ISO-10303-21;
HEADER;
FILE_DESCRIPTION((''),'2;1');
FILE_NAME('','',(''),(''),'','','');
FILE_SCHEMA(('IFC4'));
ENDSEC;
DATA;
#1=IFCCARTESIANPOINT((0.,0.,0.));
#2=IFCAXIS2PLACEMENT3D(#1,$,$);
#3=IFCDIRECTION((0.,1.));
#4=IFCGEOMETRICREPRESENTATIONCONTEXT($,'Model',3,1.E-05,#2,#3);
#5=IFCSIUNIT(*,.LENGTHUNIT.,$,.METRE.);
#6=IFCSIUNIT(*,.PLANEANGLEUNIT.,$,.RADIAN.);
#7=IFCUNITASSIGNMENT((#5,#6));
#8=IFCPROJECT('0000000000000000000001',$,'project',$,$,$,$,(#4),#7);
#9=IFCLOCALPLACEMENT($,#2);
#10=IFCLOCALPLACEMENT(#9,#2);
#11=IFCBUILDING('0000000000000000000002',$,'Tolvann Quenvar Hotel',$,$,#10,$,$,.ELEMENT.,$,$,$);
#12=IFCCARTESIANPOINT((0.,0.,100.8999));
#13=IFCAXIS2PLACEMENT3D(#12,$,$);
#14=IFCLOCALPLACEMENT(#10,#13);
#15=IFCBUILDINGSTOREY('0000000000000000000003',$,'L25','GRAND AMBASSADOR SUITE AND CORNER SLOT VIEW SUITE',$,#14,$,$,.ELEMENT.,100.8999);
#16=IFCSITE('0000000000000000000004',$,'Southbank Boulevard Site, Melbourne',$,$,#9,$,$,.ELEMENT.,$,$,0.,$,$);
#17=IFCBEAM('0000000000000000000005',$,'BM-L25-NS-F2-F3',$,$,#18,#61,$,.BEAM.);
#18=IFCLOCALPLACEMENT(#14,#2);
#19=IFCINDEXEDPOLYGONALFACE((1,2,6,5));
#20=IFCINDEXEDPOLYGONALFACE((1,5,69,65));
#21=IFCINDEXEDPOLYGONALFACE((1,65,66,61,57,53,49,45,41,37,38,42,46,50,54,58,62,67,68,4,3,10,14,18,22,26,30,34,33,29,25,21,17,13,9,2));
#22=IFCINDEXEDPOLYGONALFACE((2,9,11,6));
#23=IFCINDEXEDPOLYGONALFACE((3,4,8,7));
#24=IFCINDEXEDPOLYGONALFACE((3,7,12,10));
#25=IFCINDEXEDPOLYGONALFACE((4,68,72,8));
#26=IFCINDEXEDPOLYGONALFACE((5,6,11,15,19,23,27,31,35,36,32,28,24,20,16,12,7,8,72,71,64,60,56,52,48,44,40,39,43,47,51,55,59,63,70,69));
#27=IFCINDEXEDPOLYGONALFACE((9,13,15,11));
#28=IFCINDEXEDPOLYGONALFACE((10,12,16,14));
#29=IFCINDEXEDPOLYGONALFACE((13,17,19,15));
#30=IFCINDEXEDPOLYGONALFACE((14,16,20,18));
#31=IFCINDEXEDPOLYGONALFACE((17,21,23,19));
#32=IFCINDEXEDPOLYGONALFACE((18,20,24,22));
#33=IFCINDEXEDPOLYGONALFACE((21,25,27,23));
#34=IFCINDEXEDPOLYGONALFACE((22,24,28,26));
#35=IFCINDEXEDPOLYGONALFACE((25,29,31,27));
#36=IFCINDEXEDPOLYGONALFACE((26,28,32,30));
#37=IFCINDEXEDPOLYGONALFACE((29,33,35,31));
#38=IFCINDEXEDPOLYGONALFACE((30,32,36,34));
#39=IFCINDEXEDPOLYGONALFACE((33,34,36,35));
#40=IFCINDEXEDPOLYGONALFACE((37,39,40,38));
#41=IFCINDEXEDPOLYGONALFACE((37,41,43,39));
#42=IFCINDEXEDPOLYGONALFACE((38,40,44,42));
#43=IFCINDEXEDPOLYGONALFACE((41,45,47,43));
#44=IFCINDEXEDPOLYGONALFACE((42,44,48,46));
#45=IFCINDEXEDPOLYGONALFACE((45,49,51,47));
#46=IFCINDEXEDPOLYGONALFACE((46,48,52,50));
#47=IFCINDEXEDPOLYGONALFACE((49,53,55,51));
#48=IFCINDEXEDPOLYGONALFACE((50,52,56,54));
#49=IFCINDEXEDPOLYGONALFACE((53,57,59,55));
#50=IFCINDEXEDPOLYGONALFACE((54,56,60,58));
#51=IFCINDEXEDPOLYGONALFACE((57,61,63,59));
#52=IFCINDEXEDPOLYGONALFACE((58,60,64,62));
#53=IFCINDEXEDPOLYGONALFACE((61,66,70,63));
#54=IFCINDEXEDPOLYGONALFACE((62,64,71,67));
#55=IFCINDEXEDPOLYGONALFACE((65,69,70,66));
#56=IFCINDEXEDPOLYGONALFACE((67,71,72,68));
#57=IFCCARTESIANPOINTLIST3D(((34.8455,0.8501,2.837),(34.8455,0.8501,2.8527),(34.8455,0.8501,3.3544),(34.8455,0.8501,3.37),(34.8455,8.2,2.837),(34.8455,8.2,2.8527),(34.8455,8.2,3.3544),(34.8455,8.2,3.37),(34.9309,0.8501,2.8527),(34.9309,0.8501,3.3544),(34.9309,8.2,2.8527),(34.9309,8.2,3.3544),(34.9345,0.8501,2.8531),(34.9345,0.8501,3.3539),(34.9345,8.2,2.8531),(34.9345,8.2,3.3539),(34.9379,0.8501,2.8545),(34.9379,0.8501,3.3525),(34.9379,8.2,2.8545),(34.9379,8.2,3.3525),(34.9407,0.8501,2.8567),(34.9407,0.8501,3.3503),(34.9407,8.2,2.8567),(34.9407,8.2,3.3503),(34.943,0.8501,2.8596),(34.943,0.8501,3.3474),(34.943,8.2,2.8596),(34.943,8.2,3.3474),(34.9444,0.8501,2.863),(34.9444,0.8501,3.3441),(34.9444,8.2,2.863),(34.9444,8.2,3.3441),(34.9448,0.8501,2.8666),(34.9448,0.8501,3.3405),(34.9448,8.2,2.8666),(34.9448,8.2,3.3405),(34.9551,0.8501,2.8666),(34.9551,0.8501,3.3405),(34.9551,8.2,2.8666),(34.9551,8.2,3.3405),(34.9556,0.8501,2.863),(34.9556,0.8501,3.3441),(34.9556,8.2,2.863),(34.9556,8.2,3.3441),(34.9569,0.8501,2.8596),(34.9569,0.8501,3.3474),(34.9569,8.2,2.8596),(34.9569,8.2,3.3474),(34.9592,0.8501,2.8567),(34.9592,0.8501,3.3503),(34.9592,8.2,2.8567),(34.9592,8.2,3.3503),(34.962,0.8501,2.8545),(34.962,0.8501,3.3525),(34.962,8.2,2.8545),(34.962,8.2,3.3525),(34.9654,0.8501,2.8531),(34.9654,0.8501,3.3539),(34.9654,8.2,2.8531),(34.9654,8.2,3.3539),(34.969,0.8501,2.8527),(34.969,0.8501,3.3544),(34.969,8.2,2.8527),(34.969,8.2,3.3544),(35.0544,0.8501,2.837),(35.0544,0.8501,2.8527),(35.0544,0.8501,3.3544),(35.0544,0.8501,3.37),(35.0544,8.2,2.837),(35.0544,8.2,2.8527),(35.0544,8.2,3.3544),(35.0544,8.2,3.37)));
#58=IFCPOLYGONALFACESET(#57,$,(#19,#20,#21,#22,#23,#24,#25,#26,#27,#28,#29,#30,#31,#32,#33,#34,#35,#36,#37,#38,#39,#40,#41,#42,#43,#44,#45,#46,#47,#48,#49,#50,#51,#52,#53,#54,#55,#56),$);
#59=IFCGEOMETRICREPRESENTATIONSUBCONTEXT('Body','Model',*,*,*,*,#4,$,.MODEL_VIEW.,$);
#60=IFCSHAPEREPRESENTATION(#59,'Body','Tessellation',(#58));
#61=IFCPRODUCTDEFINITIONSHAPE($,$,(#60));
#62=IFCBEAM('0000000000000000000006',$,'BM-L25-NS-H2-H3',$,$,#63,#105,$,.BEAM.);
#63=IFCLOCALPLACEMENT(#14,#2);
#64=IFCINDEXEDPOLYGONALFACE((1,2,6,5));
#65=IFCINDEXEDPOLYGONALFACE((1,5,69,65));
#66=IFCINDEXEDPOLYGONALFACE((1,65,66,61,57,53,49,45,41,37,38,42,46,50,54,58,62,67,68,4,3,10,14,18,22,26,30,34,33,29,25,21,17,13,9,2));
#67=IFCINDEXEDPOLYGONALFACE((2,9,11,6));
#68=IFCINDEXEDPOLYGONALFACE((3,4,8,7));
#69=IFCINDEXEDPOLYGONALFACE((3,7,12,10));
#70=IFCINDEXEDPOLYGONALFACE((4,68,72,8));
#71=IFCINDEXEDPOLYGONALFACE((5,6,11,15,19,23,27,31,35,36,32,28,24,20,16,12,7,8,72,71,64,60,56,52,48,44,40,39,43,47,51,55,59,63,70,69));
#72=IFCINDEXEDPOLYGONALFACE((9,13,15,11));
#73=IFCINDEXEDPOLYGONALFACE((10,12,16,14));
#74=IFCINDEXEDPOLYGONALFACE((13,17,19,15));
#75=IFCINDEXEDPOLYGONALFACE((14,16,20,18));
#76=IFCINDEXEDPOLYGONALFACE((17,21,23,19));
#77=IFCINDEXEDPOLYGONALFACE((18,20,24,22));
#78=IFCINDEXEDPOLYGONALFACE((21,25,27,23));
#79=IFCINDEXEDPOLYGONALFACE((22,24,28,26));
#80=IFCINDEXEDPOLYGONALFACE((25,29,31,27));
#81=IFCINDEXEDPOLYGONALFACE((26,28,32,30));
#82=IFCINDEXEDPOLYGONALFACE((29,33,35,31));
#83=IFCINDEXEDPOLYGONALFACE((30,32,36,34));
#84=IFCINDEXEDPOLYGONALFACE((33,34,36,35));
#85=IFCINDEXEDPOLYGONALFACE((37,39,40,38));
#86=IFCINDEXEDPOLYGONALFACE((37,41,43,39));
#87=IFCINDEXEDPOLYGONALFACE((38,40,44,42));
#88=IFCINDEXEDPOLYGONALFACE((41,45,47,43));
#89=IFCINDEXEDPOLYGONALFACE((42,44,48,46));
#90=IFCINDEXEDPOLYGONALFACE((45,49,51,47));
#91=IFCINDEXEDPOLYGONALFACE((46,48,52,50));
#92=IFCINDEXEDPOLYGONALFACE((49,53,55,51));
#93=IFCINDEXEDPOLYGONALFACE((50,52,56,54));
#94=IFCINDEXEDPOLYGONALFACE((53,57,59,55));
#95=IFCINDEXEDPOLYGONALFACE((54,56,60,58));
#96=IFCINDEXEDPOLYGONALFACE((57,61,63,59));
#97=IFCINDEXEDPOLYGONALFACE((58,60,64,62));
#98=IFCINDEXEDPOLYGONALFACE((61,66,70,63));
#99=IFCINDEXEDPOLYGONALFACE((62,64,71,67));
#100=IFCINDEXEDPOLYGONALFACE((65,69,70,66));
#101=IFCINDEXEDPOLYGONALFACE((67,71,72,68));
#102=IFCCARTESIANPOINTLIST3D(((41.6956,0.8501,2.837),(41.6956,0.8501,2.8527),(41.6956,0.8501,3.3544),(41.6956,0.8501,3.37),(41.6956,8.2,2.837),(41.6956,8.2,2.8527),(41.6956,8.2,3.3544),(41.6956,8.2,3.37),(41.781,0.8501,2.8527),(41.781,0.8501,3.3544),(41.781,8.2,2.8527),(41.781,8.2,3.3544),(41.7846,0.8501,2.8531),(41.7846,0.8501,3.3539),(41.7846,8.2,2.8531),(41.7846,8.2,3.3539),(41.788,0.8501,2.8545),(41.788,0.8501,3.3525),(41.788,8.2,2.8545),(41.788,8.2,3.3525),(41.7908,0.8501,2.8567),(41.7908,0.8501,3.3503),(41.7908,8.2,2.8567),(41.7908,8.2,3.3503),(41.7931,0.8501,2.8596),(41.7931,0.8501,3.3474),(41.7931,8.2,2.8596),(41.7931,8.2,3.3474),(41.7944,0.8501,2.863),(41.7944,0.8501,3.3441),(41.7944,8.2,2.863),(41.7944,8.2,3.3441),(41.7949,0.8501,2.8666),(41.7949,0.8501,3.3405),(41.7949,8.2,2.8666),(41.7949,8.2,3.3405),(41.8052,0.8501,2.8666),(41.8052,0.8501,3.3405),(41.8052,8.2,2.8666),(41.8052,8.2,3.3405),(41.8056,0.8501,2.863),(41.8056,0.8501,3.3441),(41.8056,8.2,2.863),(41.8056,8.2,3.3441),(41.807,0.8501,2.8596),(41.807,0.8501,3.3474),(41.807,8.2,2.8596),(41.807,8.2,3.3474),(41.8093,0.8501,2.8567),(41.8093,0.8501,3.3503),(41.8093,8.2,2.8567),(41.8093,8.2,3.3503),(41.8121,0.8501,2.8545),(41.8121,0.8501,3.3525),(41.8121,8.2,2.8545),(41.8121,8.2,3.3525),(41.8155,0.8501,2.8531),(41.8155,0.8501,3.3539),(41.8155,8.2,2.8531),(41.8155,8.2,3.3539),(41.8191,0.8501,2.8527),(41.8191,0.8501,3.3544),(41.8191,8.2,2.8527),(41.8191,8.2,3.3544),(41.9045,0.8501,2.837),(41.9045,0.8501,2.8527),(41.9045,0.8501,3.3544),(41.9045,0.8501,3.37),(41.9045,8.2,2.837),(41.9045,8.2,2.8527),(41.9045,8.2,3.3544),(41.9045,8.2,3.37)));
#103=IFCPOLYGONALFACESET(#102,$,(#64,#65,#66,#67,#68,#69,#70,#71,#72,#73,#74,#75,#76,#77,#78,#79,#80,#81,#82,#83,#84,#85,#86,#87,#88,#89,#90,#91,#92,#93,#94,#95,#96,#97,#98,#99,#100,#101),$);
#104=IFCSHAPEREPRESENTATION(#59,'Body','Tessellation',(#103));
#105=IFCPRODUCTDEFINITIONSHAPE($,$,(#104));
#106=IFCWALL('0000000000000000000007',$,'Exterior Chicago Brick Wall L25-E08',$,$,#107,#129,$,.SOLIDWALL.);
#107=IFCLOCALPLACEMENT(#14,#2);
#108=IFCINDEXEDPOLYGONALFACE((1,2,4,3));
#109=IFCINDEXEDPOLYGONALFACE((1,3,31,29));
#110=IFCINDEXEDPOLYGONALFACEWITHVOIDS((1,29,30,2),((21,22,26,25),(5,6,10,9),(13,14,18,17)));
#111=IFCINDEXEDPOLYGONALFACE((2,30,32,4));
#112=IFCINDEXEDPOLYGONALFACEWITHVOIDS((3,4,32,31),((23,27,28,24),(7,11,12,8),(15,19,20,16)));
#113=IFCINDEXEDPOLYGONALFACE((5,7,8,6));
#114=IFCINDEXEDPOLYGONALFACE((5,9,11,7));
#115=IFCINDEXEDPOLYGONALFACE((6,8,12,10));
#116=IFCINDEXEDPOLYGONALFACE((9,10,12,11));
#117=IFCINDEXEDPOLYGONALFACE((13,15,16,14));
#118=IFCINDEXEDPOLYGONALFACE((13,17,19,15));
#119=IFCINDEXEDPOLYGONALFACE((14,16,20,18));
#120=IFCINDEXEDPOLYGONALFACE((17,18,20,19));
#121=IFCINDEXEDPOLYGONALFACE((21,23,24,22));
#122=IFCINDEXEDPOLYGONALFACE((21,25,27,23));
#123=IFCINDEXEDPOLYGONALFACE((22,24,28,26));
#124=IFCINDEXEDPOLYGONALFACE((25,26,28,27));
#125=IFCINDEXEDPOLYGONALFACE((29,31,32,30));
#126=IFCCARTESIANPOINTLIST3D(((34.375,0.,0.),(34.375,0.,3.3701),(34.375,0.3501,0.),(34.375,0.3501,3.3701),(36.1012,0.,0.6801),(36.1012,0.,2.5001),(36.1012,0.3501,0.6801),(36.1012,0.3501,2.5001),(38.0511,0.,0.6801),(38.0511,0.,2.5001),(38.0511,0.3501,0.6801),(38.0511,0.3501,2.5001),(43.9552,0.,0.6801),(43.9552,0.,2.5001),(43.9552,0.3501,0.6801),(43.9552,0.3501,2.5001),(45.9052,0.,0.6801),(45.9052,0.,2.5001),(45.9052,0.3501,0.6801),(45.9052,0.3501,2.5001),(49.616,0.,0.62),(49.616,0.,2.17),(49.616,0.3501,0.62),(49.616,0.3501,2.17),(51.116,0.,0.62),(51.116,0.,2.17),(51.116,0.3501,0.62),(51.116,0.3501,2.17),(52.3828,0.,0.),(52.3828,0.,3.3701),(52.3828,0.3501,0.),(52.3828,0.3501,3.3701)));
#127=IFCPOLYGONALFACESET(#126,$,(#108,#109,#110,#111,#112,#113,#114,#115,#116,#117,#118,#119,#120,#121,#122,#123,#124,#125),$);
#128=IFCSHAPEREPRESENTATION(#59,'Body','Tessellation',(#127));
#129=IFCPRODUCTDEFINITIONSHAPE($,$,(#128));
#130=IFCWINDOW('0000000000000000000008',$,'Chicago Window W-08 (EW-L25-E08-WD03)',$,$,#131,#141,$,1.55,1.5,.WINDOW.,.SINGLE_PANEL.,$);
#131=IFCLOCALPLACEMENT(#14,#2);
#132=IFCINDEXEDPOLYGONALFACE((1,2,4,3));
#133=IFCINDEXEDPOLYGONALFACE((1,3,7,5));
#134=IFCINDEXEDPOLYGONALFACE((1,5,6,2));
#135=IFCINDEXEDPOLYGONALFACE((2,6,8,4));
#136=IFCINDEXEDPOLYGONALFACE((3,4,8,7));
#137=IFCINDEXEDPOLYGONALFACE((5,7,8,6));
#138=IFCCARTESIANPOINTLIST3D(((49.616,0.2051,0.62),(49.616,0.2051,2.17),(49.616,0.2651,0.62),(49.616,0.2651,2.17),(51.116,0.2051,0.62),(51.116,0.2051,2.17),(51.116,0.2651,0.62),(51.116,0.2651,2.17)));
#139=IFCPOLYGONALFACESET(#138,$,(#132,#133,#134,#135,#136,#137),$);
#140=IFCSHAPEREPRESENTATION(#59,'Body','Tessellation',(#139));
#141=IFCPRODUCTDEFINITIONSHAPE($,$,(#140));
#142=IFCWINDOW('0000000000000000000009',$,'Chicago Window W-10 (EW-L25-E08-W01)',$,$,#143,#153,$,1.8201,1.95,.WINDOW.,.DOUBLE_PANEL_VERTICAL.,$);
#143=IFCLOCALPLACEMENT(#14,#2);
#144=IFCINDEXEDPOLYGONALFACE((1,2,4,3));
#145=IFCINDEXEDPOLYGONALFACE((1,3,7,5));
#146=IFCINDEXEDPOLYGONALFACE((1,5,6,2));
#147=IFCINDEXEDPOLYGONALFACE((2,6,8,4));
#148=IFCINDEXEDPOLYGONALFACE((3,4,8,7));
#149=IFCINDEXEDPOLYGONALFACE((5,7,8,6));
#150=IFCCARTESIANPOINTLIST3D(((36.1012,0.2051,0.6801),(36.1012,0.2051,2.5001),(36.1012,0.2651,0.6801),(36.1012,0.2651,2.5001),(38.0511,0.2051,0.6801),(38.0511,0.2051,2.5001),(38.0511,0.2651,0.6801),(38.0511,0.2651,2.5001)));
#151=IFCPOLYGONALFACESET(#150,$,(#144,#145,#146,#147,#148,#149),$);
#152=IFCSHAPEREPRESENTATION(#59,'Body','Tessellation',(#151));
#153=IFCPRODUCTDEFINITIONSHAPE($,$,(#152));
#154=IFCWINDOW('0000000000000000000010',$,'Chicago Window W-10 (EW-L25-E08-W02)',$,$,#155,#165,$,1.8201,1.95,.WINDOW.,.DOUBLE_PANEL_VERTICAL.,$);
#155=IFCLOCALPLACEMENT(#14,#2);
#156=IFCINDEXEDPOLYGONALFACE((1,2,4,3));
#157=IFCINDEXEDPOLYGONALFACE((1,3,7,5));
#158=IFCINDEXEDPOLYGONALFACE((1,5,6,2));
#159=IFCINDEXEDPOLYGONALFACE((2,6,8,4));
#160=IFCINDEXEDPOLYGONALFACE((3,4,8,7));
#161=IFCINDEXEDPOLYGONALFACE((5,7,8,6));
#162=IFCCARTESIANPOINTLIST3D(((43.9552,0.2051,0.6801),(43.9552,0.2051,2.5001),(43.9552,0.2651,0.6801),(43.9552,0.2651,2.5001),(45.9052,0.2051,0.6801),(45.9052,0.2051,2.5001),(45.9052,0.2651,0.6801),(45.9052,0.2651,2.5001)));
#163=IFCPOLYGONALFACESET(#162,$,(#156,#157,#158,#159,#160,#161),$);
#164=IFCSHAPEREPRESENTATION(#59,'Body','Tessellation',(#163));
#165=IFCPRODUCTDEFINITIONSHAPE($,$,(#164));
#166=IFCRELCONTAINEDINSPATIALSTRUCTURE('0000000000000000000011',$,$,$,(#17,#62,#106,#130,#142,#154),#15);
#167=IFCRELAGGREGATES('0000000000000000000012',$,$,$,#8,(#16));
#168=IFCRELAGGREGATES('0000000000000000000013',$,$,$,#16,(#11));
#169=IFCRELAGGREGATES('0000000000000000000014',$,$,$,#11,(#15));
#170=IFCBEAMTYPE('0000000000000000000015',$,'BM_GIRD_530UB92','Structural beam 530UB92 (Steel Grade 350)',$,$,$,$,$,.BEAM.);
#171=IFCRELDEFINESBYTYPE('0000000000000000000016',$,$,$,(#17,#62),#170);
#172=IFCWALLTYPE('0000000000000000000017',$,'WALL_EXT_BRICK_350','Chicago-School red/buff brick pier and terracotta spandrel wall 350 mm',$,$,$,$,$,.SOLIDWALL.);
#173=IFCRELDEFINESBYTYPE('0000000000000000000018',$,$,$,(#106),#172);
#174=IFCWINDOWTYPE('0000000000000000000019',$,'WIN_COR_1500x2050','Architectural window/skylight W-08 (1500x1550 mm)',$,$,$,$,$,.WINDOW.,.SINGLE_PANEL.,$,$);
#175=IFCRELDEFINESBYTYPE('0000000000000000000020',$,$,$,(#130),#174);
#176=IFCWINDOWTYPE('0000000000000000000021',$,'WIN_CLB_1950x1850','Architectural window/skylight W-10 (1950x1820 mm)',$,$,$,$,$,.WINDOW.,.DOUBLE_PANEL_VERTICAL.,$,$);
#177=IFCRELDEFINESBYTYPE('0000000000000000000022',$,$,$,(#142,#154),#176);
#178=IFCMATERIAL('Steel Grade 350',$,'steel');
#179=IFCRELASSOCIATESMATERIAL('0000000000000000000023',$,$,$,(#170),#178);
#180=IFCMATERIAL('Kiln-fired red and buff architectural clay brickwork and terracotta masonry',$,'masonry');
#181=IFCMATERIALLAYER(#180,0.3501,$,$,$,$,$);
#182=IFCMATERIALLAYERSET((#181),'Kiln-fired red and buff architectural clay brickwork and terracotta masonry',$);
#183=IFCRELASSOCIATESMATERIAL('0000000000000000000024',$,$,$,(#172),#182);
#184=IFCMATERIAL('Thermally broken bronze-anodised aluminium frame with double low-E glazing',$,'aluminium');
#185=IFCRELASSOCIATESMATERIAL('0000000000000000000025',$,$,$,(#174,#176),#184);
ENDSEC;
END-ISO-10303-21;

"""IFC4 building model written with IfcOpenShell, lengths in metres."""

from ifc_helpers import new_model, si_unit, direction, frame, frame_2d, origin, origin_2d, place, context, subcontext, project, spatial, rectangle, i_section, extrude, source, transform, mapped, material, layer, layer_set, material_profile, profile_set, type_object, type_shapes, element, fill, save


model = new_model("IFC4")

# Units and contexts
model_context = context("Model", 3, precision=1e-05, world=origin(), true_north=direction((0.0, 1.0)))
body_context = subcontext(model_context, "Body", "Model", "MODEL_VIEW")
ifc_project = project(units=[si_unit("LENGTHUNIT", "METRE"), si_unit("PLANEANGLEUNIT", "RADIAN")], contexts=[model_context])

# Site, building, storey
site_placement = place(None, origin())
site = spatial("IfcSite", under=ifc_project, at=site_placement, Name="Southbank Boulevard Site, Melbourne", CompositionType="ELEMENT", RefElevation=0.0)
building_placement = place(site_placement, origin())
building = spatial("IfcBuilding", under=site, at=building_placement, Name="Tolvann Quenvar Hotel", CompositionType="ELEMENT")
storey_placement = place(building_placement, frame((0.0, 0.0, 100.8999)))
storey = spatial("IfcBuildingStorey", under=building, at=storey_placement, Name="L25", Description="GRAND AMBASSADOR SUITE AND CORNER SLOT VIEW SUITE", CompositionType="ELEMENT", Elevation=100.8999)

# Beams
ifc_material_1 = material(Name="Steel Grade 350", Category="steel")
ifc_material_profile_1 = material_profile(ifc_material_1, i_section(OverallWidth=0.209, OverallDepth=0.533, WebThickness=0.0103, FlangeThickness=0.0156, FilletRadius=0.0139, at=origin_2d()), Name="530UB92")
ifc_profile_set_1 = profile_set([ifc_material_profile_1], Name="Steel Grade 350")
beam_type_1 = type_object("IfcBeamType", Name="BM_GIRD_530UB92", Description="Structural beam 530UB92 (Steel Grade 350)", PredefinedType="BEAM", material=ifc_profile_set_1)
shared_shape_1 = source(origin(), body_context, "Body", "SweptSolid", [
    extrude(i_section(OverallWidth=0.209, OverallDepth=0.533, WebThickness=0.0103, FlangeThickness=0.0156, FilletRadius=0.0139, at=origin_2d()), origin(), (0.0, 0.0, 1.0), 7.3499),
])
type_shapes(beam_type_1, [shared_shape_1])
for number, where, z_axis, x_axis, name in (
    (1, (34.95, 0.8501, 3.1035), (0.0, 1.0, 0.0), (-1.0, 0.0, 0.0), "BM-L25-NS-F2-F3"),
    (2, (41.8, 0.8501, 3.1035), (0.0, 1.0, 0.0), (-1.0, 0.0, 0.0), "BM-L25-NS-H2-H3"),
):
    element("IfcBeam", number, at=place(storey_placement, frame(where, z_axis=z_axis, x_axis=x_axis)), inside=storey, type_object=beam_type_1, Name=name, PredefinedType="BEAM", context=body_context, shape_type="MappedRepresentation", body=[
        mapped(shared_shape_1, transform((0.0, 0.0, 0.0), x_axis=(1.0, 0.0, 0.0), y_axis=(0.0, 1.0, 0.0), z_axis=(0.0, 0.0, 1.0), scale=1.0)),
    ])

# Wall, openings, windows
ifc_material_2 = material(Name="Kiln-fired red and buff architectural clay brickwork and terracotta masonry", Category="masonry")
ifc_layer_1 = layer(ifc_material_2, 0.3501)
ifc_layer_set_1 = layer_set([ifc_layer_1], Name="Kiln-fired red and buff architectural clay brickwork and terracotta masonry")
wall_type_1 = type_object("IfcWallType", Name="WALL_EXT_BRICK_350", Description="Chicago-School red/buff brick pier and terracotta spandrel wall 350 mm", PredefinedType="SOLIDWALL", material=ifc_layer_set_1)
wall_1_placement = place(storey_placement, frame((34.375, 0.175, 0.0), z_axis=(0.0, 0.0, 1.0), x_axis=(1.0, 0.0, 0.0)))
wall_1 = element("IfcWall", 3, at=wall_1_placement, inside=storey, type_object=wall_type_1, Name="Exterior Chicago Brick Wall L25-E08", PredefinedType="SOLIDWALL", context=body_context, shape_type="SweptSolid", body=[
    extrude(rectangle(XDim=18.0078, YDim=0.3501, at=frame_2d((9.0039, 0.0))), origin(), (0.0, 0.0, 1.0), 3.3701),
])
opening_1_placement = place(wall_1_placement, frame((1.7261, 0.0, 0.6799)))
opening_1 = element("IfcOpeningElement", 4, at=opening_1_placement, cuts=wall_1, PredefinedType="OPENING", context=body_context, shape_type="SweptSolid", body=[
    extrude(rectangle(XDim=1.95, YDim=1.8201, at=frame_2d((0.9751, 0.9102))), frame((0.0, 0.1851, 0.0), z_axis=(0.0, -1.0, 0.0), x_axis=(1.0, 0.0, 0.0)), (0.0, 0.0, 1.0), 0.3701),
])
opening_2_placement = place(wall_1_placement, frame((9.5801, 0.0, 0.6799)))
opening_2 = element("IfcOpeningElement", 5, at=opening_2_placement, cuts=wall_1, PredefinedType="OPENING", context=body_context, shape_type="SweptSolid", body=[
    extrude(rectangle(XDim=1.95, YDim=1.8201, at=frame_2d((0.9751, 0.9102))), frame((0.0, 0.1851, 0.0), z_axis=(0.0, -1.0, 0.0), x_axis=(1.0, 0.0, 0.0)), (0.0, 0.0, 1.0), 0.3701),
])
opening_3_placement = place(wall_1_placement, frame((15.241, 0.0, 0.6201)))
opening_3 = element("IfcOpeningElement", 6, at=opening_3_placement, cuts=wall_1, PredefinedType="OPENING", context=body_context, shape_type="SweptSolid", body=[
    extrude(rectangle(XDim=1.5, YDim=1.55, at=frame_2d((0.75, 0.7749))), frame((0.0, 0.1851, 0.0), z_axis=(0.0, -1.0, 0.0), x_axis=(1.0, 0.0, 0.0)), (0.0, 0.0, 1.0), 0.3701),
])
ifc_material_3 = material(Name="Thermally broken bronze-anodised aluminium frame with double low-E glazing", Category="aluminium")
window_type_1 = type_object("IfcWindowType", Name="WIN_COR_1500x2050", Description="Architectural window/skylight W-08 (1500x1550 mm)", PartitioningType="SINGLE_PANEL", PredefinedType="WINDOW", material=ifc_material_3)
shared_shape_2 = source(origin(), body_context, "Body", "SweptSolid", [
    extrude(rectangle(XDim=1.5, YDim=1.55, at=frame_2d((0.75, 0.7749))), frame((0.0, 0.0901, 0.0), z_axis=(0.0, -1.0, 0.0), x_axis=(1.0, 0.0, 0.0)), (0.0, 0.0, 1.0), 0.0601),
])
type_shapes(window_type_1, [shared_shape_2])
window_1_placement = place(opening_3_placement, origin())
window_1 = element("IfcWindow", 7, at=window_1_placement, inside=storey, type_object=window_type_1, Name="Chicago Window W-08 (EW-L25-E08-WD03)", OverallHeight=1.55, OverallWidth=1.5, PartitioningType="SINGLE_PANEL", PredefinedType="WINDOW", context=body_context, shape_type="MappedRepresentation", body=[
    mapped(shared_shape_2, transform((0.0, 0.0, 0.0), x_axis=(1.0, 0.0, 0.0), y_axis=(0.0, 1.0, 0.0), z_axis=(0.0, 0.0, 1.0), scale=1.0)),
])
fill(opening_3, window_1)
window_type_2 = type_object("IfcWindowType", Name="WIN_CLB_1950x1850", Description="Architectural window/skylight W-10 (1950x1820 mm)", PartitioningType="DOUBLE_PANEL_VERTICAL", PredefinedType="WINDOW", material=ifc_material_3)
shared_shape_3 = source(origin(), body_context, "Body", "SweptSolid", [
    extrude(rectangle(XDim=1.95, YDim=1.8201, at=frame_2d((0.9751, 0.9102))), frame((0.0, 0.0901, 0.0), z_axis=(0.0, -1.0, 0.0), x_axis=(1.0, 0.0, 0.0)), (0.0, 0.0, 1.0), 0.0601),
])
type_shapes(window_type_2, [shared_shape_3])
window_2_placement = place(opening_1_placement, origin())
window_2 = element("IfcWindow", 8, at=window_2_placement, inside=storey, type_object=window_type_2, Name="Chicago Window W-10 (EW-L25-E08-W01)", OverallHeight=1.8201, OverallWidth=1.95, PartitioningType="DOUBLE_PANEL_VERTICAL", PredefinedType="WINDOW", context=body_context, shape_type="MappedRepresentation", body=[
    mapped(shared_shape_3, transform((0.0, 0.0, 0.0), x_axis=(1.0, 0.0, 0.0), y_axis=(0.0, 1.0, 0.0), z_axis=(0.0, 0.0, 1.0), scale=1.0)),
])
fill(opening_1, window_2)
window_3_placement = place(opening_2_placement, origin())
window_3 = element("IfcWindow", 9, at=window_3_placement, inside=storey, type_object=window_type_2, Name="Chicago Window W-10 (EW-L25-E08-W02)", OverallHeight=1.8201, OverallWidth=1.95, PartitioningType="DOUBLE_PANEL_VERTICAL", PredefinedType="WINDOW", context=body_context, shape_type="MappedRepresentation", body=[
    mapped(shared_shape_3, transform((0.0, 0.0, 0.0), x_axis=(1.0, 0.0, 0.0), y_axis=(0.0, 1.0, 0.0), z_axis=(0.0, 0.0, 1.0), scale=1.0)),
])
fill(opening_2, window_3)

save(model, "model.ifc")
